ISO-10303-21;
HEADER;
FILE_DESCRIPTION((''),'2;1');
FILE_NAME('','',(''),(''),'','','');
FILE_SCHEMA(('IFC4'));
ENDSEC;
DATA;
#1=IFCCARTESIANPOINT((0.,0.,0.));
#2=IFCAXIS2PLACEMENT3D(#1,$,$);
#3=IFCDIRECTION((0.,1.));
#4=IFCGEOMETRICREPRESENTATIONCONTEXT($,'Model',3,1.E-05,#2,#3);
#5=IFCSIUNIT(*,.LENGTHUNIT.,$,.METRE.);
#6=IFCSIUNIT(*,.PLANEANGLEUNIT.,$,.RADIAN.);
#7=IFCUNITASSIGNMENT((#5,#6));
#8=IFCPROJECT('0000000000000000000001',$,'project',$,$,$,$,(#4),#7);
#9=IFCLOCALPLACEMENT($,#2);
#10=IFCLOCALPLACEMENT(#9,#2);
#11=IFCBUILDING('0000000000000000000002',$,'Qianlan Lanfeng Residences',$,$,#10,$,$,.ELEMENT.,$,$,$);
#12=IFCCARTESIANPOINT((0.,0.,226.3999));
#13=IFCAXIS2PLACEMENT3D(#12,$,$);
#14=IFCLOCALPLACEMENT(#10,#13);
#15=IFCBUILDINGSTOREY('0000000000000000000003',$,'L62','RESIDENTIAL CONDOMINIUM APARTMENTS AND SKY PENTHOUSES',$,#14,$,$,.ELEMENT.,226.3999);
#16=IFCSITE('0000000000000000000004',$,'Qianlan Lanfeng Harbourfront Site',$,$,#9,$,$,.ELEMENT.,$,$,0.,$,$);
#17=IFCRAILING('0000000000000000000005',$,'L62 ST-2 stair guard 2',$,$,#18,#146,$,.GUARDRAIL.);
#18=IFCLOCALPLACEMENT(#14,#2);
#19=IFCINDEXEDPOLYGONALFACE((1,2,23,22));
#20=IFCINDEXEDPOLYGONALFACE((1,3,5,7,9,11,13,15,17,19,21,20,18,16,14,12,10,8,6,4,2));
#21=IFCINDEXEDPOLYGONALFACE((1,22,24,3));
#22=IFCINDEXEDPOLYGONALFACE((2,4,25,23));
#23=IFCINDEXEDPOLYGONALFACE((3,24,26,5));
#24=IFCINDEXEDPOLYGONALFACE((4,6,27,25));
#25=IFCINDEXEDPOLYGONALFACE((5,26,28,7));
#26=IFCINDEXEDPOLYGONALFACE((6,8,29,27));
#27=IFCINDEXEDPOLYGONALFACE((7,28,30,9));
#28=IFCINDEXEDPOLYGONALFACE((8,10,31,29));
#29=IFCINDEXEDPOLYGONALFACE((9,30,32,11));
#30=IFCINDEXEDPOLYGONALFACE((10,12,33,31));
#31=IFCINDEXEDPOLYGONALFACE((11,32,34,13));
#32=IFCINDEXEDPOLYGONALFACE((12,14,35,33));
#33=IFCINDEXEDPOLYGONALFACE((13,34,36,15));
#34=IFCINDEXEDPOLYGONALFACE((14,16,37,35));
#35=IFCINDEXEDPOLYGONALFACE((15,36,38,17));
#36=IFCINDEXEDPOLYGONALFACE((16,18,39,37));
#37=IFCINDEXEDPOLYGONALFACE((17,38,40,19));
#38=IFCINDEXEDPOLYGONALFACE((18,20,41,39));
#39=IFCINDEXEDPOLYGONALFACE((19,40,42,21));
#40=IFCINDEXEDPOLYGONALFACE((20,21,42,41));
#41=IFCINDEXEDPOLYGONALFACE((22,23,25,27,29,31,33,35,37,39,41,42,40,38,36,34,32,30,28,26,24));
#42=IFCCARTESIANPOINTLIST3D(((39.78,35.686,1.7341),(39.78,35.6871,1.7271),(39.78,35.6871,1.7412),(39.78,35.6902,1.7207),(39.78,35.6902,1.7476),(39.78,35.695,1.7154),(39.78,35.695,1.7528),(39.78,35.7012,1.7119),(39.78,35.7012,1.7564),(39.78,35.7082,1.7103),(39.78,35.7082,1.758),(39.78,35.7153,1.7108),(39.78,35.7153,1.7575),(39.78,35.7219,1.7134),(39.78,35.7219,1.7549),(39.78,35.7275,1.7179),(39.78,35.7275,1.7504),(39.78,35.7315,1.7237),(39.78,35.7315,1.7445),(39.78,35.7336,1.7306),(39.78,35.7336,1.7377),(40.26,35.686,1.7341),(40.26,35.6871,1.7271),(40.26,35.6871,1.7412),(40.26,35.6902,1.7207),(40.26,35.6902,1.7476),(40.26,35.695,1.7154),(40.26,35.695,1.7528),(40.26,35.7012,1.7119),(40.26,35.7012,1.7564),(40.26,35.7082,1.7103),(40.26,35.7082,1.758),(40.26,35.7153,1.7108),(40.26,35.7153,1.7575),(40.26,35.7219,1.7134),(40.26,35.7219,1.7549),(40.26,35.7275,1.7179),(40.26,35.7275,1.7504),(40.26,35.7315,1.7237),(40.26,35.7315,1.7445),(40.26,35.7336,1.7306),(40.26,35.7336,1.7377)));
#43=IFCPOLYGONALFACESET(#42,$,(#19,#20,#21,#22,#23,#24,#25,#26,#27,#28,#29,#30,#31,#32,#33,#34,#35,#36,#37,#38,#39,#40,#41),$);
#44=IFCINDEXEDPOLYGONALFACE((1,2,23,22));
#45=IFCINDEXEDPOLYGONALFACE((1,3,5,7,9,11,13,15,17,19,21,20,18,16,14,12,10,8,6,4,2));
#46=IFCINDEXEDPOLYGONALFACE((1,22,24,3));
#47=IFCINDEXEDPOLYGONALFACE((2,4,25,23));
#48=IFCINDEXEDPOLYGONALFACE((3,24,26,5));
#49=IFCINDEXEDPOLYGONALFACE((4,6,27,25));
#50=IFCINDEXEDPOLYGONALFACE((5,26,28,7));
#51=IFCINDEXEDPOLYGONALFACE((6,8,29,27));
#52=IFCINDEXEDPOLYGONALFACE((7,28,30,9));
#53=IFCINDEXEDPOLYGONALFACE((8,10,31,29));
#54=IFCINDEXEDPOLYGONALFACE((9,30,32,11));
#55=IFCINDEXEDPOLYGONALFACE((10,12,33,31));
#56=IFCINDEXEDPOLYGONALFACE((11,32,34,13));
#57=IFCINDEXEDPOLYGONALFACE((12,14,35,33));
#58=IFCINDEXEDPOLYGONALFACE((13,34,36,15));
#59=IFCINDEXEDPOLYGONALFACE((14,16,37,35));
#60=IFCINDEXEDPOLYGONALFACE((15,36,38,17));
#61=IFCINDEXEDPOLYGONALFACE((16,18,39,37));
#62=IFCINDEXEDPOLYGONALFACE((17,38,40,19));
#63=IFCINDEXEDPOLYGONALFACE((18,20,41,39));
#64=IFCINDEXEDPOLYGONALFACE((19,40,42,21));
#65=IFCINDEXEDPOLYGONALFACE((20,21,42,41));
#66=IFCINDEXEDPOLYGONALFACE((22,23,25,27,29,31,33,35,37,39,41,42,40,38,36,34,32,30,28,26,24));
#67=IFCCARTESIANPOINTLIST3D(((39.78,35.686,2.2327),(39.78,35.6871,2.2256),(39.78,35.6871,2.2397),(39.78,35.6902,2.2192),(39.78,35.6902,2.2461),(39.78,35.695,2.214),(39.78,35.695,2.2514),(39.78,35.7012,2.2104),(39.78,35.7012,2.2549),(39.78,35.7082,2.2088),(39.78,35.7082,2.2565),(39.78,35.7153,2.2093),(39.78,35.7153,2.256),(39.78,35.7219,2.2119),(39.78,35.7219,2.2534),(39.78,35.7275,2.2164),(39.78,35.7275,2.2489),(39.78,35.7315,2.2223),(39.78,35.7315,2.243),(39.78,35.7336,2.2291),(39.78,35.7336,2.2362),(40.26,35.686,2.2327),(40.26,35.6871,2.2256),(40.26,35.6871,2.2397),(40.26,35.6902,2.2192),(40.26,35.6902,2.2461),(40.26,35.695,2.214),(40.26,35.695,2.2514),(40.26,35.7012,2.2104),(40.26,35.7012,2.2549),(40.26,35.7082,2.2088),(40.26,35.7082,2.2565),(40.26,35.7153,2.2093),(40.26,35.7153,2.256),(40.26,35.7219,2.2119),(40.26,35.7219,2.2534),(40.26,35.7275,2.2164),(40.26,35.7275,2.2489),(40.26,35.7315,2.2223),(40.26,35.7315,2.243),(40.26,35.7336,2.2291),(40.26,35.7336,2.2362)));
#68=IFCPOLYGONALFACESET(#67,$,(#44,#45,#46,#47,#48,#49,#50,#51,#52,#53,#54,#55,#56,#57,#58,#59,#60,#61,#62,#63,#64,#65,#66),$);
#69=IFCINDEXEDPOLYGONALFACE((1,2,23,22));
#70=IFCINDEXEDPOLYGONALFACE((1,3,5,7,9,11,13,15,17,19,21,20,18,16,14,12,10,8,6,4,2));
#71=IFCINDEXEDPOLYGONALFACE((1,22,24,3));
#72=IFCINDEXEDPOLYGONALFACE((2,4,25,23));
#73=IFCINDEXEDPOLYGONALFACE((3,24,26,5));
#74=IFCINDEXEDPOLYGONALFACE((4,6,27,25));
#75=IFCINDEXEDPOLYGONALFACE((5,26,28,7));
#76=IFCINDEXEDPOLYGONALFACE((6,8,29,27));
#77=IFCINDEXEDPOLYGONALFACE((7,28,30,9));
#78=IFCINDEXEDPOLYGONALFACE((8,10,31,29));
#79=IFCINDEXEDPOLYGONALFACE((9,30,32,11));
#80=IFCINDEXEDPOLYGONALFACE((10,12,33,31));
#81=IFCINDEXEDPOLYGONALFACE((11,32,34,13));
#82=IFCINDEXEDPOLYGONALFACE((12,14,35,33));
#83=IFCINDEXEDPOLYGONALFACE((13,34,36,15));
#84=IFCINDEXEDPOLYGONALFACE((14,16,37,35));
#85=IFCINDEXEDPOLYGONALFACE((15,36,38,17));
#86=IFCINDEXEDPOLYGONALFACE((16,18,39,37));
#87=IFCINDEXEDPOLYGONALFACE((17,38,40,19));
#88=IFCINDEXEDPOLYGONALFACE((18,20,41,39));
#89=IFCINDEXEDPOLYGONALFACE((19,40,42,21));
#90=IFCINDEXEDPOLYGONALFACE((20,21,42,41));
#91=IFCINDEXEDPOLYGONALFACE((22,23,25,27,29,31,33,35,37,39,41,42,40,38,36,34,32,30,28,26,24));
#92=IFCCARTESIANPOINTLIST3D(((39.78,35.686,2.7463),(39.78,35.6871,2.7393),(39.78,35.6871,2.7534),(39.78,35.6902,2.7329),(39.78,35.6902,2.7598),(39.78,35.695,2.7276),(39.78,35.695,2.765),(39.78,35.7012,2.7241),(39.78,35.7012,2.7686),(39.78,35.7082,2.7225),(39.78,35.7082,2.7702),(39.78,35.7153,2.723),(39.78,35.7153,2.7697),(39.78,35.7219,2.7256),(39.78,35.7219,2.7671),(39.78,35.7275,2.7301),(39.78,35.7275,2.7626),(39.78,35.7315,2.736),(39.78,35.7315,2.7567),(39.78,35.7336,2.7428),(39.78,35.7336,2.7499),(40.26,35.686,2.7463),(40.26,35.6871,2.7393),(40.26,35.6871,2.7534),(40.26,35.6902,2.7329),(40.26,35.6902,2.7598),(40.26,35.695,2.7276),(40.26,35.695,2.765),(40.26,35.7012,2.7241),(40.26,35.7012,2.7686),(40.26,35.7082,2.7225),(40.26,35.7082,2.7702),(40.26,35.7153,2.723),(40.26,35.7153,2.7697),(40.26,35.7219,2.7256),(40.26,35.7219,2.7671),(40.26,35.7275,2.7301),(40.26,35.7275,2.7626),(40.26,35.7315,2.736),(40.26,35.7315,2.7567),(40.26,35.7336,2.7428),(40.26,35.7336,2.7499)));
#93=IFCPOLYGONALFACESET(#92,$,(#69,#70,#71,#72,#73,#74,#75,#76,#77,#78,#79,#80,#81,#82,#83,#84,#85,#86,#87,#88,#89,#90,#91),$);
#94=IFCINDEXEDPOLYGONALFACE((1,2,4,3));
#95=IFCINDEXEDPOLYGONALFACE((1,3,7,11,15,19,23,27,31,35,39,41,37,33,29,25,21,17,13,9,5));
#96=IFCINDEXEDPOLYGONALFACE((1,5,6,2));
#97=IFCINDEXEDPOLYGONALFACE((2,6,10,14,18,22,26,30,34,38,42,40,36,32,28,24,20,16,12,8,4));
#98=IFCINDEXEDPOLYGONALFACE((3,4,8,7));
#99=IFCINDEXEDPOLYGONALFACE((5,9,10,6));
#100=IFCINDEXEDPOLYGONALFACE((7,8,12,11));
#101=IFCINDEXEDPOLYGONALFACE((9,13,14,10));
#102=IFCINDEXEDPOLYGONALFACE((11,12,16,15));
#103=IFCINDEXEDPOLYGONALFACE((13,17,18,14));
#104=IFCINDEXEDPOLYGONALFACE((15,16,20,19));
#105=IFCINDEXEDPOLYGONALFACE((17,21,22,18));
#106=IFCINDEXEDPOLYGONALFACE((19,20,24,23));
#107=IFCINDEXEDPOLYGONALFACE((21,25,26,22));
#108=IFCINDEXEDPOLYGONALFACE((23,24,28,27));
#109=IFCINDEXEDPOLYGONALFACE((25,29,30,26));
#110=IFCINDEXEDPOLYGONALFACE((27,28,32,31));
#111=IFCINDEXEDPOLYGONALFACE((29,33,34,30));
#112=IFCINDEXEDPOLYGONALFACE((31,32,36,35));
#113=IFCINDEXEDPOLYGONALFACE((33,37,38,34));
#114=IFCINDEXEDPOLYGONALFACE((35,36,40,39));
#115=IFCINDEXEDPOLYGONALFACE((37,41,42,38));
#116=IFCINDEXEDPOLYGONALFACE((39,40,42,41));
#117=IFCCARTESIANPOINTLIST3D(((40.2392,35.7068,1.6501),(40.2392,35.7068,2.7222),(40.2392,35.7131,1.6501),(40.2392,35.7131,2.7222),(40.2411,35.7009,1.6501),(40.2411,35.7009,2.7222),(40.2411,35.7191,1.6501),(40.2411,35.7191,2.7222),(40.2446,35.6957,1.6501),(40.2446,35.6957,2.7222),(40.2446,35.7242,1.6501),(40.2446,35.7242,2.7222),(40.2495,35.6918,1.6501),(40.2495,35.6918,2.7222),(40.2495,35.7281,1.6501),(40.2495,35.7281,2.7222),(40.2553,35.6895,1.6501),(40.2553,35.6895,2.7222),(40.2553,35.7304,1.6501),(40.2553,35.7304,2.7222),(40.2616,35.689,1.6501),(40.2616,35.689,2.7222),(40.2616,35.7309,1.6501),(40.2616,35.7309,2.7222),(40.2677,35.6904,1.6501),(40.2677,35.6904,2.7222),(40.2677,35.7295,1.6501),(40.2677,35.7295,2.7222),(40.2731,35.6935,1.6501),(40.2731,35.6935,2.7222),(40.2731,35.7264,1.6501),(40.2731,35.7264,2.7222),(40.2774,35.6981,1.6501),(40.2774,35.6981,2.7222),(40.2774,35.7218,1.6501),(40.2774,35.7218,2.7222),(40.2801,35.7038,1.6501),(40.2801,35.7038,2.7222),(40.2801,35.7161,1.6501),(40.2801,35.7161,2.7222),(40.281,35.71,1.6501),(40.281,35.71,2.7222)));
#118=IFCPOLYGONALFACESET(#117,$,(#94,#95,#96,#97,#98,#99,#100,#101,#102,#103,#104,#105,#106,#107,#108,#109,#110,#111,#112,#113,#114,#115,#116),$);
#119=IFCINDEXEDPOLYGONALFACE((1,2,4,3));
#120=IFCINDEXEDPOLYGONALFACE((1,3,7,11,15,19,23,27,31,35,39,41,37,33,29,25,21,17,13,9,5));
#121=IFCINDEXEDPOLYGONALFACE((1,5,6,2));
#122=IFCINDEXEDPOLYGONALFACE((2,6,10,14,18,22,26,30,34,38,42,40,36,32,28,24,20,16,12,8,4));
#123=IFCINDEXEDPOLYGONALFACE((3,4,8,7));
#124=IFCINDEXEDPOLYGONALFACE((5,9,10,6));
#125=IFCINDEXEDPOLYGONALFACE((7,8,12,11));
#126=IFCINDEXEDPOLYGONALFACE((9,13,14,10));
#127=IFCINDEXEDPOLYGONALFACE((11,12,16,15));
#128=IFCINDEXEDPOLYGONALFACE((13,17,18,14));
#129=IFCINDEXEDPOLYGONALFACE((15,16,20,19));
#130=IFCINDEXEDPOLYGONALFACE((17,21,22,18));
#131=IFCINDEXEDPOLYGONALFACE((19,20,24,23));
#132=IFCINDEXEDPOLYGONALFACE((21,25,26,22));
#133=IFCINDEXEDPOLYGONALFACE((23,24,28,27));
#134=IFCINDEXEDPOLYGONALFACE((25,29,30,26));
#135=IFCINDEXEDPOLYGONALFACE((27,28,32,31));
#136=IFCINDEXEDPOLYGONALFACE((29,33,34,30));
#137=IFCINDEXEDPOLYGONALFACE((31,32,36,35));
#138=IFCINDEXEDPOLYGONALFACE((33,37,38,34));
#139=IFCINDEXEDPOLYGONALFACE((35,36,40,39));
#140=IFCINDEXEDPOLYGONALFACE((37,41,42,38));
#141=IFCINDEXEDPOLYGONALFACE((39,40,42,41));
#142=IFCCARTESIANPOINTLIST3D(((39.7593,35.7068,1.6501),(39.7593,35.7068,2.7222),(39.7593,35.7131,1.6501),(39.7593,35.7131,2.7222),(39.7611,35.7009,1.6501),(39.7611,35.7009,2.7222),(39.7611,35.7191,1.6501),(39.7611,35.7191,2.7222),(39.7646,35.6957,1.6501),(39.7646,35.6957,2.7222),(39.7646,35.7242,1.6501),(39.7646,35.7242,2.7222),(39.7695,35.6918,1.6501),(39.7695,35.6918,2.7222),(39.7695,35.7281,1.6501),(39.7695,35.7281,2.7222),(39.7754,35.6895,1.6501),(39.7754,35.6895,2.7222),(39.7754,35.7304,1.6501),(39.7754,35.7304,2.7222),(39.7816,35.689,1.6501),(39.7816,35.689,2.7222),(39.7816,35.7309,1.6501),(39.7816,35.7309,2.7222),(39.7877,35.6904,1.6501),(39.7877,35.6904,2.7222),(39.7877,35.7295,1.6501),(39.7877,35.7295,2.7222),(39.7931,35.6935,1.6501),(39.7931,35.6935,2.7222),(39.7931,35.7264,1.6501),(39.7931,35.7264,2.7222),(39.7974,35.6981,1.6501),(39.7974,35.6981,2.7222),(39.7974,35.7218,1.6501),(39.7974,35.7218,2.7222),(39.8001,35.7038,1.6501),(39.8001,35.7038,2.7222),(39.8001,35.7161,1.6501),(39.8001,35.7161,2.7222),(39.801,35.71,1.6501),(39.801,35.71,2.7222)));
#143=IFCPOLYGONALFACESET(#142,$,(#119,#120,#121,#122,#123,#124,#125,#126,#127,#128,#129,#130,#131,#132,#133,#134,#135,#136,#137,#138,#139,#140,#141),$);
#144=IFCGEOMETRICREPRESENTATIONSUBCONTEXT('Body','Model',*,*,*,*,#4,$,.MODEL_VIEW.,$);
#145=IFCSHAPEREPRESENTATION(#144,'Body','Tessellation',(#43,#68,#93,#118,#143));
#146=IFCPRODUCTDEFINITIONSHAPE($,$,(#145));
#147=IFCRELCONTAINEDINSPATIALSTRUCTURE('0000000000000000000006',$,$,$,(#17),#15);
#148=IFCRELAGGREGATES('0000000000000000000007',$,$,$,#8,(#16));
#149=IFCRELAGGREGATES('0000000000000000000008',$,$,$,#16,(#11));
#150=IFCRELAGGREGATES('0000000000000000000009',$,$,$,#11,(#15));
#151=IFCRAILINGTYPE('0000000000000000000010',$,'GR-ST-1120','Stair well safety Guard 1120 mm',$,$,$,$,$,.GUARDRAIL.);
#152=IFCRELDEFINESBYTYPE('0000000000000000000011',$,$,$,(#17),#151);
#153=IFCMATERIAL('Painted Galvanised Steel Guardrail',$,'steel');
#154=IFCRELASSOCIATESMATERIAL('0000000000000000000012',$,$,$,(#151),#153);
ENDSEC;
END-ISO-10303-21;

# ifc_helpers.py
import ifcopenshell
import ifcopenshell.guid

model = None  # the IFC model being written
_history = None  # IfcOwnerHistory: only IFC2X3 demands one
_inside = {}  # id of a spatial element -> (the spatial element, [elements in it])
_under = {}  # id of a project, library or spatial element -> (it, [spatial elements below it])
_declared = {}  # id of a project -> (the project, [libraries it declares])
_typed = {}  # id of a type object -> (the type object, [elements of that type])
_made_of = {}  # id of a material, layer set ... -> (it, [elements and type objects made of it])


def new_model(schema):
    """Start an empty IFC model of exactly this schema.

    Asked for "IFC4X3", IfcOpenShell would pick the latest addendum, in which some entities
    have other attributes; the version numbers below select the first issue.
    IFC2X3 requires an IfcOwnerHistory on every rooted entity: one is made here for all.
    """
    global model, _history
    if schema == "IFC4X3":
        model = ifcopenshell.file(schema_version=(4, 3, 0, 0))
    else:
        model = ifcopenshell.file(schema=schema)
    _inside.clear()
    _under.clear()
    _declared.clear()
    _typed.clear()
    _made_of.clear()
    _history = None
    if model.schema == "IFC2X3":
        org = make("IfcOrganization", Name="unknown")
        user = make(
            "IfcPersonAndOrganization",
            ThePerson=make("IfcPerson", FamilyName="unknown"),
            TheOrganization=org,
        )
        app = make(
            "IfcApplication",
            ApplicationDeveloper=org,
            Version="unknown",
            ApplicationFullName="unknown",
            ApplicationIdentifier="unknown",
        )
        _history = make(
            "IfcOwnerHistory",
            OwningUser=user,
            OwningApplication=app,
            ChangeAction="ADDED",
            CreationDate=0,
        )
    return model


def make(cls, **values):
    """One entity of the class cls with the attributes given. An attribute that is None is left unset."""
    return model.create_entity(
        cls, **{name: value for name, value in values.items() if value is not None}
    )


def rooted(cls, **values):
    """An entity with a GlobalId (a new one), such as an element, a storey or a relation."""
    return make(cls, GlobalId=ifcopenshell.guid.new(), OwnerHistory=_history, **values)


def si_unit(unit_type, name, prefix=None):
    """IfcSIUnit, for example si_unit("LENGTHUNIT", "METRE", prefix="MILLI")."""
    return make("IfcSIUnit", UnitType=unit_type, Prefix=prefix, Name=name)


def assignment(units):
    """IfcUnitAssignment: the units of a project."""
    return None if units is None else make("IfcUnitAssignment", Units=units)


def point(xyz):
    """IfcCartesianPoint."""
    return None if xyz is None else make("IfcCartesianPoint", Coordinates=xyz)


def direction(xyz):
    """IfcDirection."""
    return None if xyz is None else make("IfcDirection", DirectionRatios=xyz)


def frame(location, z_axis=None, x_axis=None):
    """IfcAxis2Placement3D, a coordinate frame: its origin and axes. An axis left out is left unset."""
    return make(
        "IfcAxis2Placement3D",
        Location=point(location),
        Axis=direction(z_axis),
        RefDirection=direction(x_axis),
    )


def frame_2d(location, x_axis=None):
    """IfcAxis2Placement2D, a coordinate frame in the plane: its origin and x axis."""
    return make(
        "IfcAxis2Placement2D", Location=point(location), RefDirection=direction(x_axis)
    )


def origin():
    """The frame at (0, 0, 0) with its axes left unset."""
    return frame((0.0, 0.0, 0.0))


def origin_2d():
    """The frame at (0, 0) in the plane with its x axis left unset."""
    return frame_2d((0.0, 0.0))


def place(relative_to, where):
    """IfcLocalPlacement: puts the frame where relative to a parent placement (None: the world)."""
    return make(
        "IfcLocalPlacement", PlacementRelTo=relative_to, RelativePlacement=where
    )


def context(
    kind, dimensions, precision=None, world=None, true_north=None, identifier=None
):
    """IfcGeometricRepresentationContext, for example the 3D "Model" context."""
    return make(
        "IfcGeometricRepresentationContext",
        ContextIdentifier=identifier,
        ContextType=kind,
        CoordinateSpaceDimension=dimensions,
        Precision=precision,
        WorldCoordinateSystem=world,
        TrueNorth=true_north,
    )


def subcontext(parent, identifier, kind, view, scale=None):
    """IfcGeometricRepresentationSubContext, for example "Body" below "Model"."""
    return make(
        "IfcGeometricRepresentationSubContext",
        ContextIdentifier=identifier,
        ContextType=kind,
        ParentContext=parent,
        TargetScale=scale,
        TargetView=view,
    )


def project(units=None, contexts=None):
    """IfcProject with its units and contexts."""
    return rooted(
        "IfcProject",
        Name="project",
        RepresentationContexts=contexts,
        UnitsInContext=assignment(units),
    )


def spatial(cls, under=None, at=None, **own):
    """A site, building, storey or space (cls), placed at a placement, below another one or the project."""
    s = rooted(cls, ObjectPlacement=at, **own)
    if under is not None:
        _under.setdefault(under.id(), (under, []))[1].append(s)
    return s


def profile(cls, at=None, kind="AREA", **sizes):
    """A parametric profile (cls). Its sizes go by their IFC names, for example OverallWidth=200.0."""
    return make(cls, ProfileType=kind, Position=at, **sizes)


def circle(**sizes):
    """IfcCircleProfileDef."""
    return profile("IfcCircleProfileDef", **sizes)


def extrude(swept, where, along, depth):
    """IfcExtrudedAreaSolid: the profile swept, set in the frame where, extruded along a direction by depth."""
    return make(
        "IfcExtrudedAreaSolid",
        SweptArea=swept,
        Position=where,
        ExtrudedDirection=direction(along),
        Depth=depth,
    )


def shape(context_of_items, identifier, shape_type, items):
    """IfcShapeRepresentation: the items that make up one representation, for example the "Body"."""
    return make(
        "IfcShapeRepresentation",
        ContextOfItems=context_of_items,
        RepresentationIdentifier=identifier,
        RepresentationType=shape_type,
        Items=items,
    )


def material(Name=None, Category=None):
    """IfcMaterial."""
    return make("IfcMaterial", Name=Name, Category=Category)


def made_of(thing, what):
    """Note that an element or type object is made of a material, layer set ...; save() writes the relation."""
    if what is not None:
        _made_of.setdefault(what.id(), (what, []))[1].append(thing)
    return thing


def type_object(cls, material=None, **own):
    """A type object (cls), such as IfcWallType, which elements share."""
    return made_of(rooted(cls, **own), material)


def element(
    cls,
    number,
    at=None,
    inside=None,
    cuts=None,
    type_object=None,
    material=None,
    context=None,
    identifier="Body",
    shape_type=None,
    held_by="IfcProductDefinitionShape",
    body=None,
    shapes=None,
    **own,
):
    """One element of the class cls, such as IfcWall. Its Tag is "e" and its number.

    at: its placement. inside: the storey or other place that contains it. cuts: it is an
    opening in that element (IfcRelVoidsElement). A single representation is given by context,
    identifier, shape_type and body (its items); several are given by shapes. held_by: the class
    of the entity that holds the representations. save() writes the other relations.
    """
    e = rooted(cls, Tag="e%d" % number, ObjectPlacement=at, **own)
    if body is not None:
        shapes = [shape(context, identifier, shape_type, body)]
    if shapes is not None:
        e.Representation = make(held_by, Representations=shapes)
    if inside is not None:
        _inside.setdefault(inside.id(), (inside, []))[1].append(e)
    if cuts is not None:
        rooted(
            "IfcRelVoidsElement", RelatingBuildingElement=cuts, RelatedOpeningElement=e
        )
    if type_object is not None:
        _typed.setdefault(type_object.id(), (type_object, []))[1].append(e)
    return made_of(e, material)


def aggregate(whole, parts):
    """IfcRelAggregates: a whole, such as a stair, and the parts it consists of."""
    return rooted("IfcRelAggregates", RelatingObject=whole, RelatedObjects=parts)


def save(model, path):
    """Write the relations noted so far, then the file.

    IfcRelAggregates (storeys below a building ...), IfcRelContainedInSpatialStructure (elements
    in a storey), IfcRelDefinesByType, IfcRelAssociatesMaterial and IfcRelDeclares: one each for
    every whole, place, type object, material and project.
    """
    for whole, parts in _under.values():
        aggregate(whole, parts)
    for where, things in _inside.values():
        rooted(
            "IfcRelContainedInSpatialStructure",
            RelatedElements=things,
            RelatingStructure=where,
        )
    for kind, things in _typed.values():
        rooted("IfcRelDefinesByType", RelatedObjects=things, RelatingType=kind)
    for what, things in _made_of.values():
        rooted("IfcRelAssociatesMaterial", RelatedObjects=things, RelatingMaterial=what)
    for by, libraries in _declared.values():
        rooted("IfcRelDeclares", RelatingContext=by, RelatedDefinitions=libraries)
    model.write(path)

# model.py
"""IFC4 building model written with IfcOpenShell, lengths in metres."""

from ifc_helpers import new_model, si_unit, direction, frame, origin, origin_2d, place, context, subcontext, project, spatial, circle, extrude, material, type_object, element, save


model = new_model("IFC4")

# Units and contexts
model_context = context("Model", 3, precision=1e-05, world=origin(), true_north=direction((0.0, 1.0)))
body_context = subcontext(model_context, "Body", "Model", "MODEL_VIEW")
ifc_project = project(units=[si_unit("LENGTHUNIT", "METRE"), si_unit("PLANEANGLEUNIT", "RADIAN")], contexts=[model_context])

# Site, building, storey
site_placement = place(None, origin())
site = spatial("IfcSite", under=ifc_project, at=site_placement, Name="Qianlan Lanfeng Harbourfront Site", CompositionType="ELEMENT", RefElevation=0.0)
building_placement = place(site_placement, origin())
building = spatial("IfcBuilding", under=site, at=building_placement, Name="Qianlan Lanfeng Residences", CompositionType="ELEMENT")
storey_placement = place(building_placement, frame((0.0, 0.0, 226.3999)))
storey = spatial("IfcBuildingStorey", under=building, at=storey_placement, Name="L62", Description="RESIDENTIAL CONDOMINIUM APARTMENTS AND SKY PENTHOUSES", CompositionType="ELEMENT", Elevation=226.3999)

# Railing
ifc_material_1 = material(Name="Painted Galvanised Steel Guardrail", Category="steel")
railing_type_1 = type_object("IfcRailingType", Name="GR-ST-1120", Description="Stair well safety Guard 1120 mm", PredefinedType="GUARDRAIL", material=ifc_material_1)
railing_1_placement = place(storey_placement, frame((40.26, 35.71, 1.6501)))
element("IfcRailing", 1, at=railing_1_placement, inside=storey, type_object=railing_type_1, Name="L62 ST-2 stair guard 2", PredefinedType="GUARDRAIL", context=body_context, shape_type="SweptSolid", body=[
    extrude(circle(Radius=0.0239, at=origin_2d()), frame((0.0, 0.0, 0.084), z_axis=(-1.0, 0.0, 0.0), x_axis=(0.0, -1.0, 0.0)), (0.0, 0.0, 1.0), 0.48),
    extrude(circle(Radius=0.0239, at=origin_2d()), frame((0.0, 0.0, 0.5825), z_axis=(-1.0, 0.0, 0.0), x_axis=(0.0, -1.0, 0.0)), (0.0, 0.0, 1.0), 0.48),
    extrude(circle(Radius=0.0239, at=origin_2d()), frame((0.0, 0.0, 1.0962), z_axis=(-1.0, 0.0, 0.0), x_axis=(0.0, -1.0, 0.0)), (0.0, 0.0, 1.0), 0.48),
    extrude(circle(Radius=0.021, at=origin_2d()), origin(), (0.0, 0.0, 1.0), 1.072),
    extrude(circle(Radius=0.021, at=origin_2d()), frame((-0.48, 0.0, 0.0)), (0.0, 0.0, 1.0), 1.072),
])

save(model, "model.ifc")
